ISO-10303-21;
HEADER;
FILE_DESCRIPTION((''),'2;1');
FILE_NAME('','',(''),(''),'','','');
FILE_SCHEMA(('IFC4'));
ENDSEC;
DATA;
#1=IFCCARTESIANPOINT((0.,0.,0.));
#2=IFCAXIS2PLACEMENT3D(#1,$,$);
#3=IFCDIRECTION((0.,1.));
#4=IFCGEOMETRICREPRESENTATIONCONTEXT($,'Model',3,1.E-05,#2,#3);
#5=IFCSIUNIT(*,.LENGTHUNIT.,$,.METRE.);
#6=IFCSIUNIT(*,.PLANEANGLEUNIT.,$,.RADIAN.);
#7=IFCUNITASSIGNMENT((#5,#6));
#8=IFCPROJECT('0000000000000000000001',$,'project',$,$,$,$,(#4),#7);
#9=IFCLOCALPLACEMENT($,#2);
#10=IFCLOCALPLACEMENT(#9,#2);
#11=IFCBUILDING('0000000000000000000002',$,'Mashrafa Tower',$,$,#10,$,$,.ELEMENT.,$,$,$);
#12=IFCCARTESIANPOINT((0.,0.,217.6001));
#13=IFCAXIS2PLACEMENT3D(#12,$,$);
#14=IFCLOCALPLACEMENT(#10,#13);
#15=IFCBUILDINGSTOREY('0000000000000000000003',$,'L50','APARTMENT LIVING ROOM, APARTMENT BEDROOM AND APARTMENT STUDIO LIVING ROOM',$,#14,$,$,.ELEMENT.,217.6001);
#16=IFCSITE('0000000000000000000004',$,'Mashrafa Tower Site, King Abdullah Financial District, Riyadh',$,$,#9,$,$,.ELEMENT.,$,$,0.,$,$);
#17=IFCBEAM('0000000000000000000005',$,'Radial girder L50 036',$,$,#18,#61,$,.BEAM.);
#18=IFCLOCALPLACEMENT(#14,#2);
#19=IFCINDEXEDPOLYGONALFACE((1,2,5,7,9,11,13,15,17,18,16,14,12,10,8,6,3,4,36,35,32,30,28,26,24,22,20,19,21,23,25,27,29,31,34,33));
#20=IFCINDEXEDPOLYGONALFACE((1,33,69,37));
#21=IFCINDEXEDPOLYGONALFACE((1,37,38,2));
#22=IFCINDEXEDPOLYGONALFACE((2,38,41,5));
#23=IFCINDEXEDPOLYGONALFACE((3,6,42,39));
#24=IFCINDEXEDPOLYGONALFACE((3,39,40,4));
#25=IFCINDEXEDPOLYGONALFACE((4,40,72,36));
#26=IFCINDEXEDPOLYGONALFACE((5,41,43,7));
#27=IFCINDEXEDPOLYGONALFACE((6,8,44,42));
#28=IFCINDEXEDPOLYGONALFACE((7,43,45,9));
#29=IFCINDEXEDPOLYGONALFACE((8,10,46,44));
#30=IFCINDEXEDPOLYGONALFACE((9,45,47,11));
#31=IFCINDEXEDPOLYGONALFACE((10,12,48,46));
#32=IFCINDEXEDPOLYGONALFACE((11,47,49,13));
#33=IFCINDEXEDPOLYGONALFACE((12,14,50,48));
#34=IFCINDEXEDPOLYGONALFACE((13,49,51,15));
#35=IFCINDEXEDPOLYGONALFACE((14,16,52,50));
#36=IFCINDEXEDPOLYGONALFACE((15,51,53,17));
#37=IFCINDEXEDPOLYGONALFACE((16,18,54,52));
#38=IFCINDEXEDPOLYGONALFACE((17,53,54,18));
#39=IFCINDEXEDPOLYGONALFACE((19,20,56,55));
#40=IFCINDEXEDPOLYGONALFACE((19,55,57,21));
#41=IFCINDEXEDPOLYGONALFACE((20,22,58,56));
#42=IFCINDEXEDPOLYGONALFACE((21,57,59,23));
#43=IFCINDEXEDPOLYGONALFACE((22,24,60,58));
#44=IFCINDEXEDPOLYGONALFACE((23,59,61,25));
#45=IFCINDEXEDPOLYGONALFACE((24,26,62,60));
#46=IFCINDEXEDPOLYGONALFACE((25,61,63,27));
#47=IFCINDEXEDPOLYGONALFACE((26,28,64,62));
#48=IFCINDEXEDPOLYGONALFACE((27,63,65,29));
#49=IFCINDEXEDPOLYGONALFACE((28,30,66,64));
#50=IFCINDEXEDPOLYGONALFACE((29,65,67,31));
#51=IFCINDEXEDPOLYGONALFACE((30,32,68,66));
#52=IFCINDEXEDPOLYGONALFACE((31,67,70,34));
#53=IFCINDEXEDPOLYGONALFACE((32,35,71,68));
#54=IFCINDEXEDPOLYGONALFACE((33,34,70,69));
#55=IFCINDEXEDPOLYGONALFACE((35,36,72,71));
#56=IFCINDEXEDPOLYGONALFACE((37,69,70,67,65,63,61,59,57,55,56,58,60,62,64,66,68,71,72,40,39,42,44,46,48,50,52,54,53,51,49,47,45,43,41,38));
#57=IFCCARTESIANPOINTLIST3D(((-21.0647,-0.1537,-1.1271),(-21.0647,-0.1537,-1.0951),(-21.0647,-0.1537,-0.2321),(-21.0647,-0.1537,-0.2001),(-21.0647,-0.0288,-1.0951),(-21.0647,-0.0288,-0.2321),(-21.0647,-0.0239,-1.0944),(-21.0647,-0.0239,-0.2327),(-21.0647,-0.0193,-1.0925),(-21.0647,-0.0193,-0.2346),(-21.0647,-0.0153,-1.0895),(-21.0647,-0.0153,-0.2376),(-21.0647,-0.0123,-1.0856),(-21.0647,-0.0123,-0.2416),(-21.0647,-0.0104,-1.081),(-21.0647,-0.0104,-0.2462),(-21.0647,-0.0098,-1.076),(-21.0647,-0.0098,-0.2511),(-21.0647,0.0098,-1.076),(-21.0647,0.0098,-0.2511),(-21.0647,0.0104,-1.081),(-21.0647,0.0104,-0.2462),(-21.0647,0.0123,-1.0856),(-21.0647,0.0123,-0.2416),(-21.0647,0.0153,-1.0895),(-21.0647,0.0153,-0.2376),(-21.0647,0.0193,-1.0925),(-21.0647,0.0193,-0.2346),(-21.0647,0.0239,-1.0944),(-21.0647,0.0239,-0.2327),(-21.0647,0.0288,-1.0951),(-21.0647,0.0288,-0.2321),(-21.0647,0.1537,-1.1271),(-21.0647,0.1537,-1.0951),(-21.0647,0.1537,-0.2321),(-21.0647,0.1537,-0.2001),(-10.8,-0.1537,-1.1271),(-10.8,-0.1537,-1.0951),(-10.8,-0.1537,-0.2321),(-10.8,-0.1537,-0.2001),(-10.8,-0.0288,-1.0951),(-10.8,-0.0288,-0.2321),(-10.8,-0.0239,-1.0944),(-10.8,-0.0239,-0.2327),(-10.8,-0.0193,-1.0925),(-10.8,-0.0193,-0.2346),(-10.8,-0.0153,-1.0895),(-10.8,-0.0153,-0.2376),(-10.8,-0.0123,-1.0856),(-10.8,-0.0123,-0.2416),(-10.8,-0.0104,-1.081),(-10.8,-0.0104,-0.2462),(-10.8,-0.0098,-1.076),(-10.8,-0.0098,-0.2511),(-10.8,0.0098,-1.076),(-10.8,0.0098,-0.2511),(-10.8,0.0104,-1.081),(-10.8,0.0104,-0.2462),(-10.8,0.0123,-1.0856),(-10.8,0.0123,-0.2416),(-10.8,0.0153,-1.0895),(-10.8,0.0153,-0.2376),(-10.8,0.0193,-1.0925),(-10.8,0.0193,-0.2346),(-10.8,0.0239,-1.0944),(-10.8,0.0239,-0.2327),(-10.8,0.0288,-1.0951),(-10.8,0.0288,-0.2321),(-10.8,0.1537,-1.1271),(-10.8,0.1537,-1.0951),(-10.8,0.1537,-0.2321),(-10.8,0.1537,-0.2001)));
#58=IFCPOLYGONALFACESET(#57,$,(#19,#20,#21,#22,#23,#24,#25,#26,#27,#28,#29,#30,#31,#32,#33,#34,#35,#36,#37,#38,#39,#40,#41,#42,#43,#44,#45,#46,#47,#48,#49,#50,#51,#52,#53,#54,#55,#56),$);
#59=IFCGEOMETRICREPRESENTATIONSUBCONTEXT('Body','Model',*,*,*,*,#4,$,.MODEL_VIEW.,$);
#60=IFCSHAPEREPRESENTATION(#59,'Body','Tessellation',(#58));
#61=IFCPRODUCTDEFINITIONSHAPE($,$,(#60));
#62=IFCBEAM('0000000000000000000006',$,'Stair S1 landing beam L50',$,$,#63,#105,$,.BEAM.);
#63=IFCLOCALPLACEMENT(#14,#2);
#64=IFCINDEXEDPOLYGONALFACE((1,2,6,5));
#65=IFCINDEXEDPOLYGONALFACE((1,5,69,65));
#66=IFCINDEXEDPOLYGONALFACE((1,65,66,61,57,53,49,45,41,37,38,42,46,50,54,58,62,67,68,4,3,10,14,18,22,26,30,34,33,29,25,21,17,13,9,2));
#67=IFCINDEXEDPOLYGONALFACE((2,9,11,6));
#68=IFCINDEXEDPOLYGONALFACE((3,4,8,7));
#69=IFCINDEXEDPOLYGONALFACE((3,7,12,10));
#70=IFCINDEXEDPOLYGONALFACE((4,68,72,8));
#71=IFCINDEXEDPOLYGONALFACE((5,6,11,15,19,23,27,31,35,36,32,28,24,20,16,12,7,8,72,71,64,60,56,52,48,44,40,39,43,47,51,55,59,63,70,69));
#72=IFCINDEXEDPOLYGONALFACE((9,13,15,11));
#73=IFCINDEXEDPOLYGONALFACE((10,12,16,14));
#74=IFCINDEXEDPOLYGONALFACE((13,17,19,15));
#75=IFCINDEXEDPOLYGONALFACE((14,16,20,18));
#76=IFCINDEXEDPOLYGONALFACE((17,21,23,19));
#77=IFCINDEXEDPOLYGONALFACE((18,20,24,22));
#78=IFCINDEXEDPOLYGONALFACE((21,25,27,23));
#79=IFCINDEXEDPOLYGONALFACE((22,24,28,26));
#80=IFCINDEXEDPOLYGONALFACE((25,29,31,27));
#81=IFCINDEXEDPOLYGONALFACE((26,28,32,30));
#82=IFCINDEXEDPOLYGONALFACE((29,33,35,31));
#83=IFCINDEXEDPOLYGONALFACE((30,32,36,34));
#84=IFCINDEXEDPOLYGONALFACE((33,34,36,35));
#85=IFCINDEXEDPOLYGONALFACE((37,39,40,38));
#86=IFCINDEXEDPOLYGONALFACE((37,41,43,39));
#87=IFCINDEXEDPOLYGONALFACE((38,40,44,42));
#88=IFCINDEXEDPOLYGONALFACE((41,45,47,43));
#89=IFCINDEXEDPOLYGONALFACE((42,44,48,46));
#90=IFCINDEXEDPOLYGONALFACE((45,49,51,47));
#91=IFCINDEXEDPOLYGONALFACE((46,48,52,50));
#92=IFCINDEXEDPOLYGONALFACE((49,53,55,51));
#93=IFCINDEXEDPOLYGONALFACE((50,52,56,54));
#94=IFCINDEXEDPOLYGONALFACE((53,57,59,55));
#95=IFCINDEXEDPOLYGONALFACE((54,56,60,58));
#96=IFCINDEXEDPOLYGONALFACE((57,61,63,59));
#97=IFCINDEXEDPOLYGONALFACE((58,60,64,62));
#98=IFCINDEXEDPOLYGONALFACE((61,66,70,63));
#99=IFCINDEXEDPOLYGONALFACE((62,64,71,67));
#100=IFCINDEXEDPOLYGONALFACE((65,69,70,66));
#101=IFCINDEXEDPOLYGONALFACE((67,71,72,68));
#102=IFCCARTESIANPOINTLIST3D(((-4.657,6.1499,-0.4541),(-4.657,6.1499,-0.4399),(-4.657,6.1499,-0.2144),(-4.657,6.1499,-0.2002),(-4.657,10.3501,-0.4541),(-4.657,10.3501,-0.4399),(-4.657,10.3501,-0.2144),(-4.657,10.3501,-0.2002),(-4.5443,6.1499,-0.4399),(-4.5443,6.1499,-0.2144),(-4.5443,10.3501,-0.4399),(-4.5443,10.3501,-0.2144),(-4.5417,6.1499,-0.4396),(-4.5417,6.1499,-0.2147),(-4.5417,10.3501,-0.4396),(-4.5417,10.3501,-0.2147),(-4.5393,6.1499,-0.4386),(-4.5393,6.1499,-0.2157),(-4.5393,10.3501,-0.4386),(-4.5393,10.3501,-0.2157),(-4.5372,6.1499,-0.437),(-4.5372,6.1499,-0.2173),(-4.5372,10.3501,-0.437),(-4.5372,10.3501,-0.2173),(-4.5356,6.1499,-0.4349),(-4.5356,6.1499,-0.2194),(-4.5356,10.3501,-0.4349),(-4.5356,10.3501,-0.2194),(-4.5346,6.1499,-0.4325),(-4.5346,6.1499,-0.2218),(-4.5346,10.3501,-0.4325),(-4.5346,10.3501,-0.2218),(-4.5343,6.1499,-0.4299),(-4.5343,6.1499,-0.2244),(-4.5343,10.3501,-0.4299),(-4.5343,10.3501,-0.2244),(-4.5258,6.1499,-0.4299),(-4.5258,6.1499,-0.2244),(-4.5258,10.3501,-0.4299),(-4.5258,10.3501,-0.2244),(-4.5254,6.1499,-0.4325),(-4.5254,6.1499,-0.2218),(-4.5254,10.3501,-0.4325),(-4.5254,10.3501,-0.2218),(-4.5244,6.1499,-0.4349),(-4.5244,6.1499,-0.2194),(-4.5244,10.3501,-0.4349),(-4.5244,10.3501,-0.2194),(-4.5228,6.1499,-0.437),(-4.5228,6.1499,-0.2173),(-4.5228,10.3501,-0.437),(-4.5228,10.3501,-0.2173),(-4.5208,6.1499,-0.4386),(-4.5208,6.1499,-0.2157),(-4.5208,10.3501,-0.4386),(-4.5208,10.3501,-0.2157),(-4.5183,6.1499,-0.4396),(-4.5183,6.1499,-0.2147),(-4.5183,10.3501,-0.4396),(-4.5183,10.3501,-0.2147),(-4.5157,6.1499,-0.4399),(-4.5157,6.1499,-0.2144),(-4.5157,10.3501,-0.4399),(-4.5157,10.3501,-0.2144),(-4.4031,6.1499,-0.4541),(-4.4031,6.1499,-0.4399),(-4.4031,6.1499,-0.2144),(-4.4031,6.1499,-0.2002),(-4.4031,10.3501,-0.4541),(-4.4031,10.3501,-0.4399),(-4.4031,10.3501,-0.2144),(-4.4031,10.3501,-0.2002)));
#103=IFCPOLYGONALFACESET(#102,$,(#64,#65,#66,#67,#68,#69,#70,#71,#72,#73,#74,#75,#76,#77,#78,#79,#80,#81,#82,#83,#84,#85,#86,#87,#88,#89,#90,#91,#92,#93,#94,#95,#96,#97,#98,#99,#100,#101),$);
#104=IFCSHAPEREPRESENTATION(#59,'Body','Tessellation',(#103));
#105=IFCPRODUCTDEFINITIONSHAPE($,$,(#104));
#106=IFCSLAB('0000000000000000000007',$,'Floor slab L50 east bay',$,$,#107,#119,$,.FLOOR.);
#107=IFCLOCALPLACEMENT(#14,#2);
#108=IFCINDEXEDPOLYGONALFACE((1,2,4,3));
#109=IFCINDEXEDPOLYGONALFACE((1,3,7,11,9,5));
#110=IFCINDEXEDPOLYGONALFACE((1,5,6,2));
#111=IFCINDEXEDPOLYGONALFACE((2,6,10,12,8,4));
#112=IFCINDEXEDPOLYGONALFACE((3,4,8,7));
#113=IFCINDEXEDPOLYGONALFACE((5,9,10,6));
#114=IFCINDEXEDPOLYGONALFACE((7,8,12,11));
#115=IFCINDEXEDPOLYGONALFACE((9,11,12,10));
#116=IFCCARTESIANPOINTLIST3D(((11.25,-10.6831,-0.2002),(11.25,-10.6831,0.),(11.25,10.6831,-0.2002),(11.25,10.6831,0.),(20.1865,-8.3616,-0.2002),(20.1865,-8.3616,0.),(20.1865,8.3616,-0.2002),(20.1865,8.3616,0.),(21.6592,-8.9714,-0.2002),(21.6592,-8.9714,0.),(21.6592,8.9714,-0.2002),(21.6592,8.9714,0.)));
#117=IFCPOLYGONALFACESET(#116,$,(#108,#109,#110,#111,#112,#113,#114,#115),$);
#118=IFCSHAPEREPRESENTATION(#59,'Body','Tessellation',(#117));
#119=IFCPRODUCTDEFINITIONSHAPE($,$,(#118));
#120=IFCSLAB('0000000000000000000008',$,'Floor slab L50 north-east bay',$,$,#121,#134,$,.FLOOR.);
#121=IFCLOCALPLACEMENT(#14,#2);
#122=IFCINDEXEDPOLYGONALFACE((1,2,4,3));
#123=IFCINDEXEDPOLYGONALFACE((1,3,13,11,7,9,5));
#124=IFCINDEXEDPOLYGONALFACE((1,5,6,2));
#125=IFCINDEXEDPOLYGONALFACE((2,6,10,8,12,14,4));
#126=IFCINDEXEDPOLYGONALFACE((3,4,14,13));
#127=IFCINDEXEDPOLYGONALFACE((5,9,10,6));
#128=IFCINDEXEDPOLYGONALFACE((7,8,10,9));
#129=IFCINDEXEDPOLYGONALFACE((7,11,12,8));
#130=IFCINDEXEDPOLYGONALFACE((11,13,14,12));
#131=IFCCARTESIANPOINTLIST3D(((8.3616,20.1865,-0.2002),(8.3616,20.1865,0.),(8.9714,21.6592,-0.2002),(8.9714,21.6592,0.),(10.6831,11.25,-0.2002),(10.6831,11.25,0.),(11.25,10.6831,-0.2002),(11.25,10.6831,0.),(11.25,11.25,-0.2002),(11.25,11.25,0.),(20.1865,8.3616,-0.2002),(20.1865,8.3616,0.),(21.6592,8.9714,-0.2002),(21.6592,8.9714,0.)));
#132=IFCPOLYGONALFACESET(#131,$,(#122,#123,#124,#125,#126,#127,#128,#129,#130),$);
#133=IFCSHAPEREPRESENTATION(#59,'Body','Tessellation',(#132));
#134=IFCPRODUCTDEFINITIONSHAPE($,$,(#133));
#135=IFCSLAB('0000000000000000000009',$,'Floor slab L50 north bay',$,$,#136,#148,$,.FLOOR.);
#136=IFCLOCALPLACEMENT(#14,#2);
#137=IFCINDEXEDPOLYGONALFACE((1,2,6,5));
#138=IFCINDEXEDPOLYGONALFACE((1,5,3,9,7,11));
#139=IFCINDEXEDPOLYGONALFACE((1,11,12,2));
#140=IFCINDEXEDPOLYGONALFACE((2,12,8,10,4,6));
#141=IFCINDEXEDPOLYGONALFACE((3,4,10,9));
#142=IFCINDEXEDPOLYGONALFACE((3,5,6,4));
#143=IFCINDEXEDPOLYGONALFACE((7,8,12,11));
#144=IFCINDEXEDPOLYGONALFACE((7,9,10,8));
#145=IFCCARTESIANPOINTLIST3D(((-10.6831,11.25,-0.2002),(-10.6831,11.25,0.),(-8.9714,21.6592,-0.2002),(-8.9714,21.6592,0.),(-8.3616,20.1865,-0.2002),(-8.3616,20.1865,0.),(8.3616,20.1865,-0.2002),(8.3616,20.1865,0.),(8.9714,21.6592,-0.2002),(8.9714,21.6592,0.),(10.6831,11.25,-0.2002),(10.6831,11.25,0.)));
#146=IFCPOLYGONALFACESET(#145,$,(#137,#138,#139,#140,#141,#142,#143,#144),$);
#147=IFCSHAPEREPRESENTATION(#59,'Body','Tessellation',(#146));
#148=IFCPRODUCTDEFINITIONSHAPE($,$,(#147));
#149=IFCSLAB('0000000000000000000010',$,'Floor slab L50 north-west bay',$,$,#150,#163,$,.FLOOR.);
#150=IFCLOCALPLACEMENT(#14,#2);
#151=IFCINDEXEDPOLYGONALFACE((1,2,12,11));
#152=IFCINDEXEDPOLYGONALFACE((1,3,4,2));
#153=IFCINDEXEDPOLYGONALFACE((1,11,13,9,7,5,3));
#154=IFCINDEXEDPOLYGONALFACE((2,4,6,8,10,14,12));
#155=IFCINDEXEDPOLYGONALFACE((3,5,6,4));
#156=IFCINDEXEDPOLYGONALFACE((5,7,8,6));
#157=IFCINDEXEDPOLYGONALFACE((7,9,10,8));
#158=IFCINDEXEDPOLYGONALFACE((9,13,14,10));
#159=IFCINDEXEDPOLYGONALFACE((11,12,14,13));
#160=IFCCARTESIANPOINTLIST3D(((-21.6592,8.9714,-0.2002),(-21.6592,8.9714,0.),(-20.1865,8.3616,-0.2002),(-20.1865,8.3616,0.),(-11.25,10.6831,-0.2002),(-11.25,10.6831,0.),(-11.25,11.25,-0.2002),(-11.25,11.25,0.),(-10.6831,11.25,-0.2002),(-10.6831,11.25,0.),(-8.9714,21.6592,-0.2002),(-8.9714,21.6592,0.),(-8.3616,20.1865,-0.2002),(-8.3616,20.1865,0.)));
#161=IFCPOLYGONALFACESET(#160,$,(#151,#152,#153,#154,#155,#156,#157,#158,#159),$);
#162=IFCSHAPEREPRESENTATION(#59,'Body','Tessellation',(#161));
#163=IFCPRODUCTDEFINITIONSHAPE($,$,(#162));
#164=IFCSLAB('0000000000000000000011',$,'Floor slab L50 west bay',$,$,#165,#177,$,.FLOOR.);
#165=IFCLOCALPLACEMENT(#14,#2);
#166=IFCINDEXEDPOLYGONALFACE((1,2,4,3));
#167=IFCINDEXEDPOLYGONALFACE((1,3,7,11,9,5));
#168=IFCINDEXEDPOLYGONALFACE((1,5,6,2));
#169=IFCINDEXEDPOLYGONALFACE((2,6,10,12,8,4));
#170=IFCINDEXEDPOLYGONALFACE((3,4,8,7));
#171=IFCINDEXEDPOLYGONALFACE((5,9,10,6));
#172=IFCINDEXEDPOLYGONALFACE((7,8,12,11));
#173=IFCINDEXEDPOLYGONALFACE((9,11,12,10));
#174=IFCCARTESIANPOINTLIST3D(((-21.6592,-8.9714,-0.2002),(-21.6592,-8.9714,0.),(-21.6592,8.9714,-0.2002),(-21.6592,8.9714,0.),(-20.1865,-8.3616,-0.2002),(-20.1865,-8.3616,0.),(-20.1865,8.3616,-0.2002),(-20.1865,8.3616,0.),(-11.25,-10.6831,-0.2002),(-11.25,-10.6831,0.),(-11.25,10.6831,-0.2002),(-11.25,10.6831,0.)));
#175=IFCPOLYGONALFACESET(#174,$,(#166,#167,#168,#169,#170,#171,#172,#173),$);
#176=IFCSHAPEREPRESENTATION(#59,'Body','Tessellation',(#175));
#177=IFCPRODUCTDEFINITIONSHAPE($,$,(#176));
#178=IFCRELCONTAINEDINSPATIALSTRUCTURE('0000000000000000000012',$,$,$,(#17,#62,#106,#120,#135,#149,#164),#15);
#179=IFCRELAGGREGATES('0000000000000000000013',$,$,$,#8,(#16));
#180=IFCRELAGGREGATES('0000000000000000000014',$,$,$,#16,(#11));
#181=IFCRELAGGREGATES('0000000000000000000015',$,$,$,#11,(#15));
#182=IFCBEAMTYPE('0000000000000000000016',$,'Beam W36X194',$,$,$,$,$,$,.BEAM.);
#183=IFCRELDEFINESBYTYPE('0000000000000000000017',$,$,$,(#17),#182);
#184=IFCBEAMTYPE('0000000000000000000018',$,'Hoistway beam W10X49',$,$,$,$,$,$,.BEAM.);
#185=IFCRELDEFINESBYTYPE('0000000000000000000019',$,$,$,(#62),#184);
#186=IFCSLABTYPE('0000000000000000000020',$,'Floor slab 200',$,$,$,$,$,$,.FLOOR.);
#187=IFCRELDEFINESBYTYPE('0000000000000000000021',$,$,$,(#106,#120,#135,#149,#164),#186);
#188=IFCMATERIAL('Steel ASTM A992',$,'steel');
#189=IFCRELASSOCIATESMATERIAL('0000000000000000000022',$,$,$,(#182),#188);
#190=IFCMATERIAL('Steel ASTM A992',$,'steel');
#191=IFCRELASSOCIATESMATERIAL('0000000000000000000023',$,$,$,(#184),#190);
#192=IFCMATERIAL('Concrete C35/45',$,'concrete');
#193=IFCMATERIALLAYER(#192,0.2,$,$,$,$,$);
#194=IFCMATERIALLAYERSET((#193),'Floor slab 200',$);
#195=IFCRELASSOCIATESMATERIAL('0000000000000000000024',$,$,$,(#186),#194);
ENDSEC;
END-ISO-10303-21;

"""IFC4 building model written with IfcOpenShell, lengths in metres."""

from ifc_helpers import new_model, si_unit, direction, frame, origin, origin_2d, place, context, subcontext, project, spatial, polyline, i_section, outline, extrude, material, layer, layer_set, material_profile, profile_set, type_object, element, save


model = new_model("IFC4")

# Units and contexts
model_context = context("Model", 3, precision=1e-05, world=origin(), true_north=direction((0.0, 1.0)))
body_context = subcontext(model_context, "Body", "Model", "MODEL_VIEW")
ifc_project = project(units=[si_unit("LENGTHUNIT", "METRE"), si_unit("PLANEANGLEUNIT", "RADIAN")], contexts=[model_context])

# Site, building, storey
site_placement = place(None, origin())
site = spatial("IfcSite", under=ifc_project, at=site_placement, Name="Mashrafa Tower Site, King Abdullah Financial District, Riyadh", CompositionType="ELEMENT", RefElevation=0.0)
building_placement = place(site_placement, origin())
building = spatial("IfcBuilding", under=site, at=building_placement, Name="Mashrafa Tower", CompositionType="ELEMENT")
storey_placement = place(building_placement, frame((0.0, 0.0, 217.6001)))
storey = spatial("IfcBuildingStorey", under=building, at=storey_placement, Name="L50", Description="APARTMENT LIVING ROOM, APARTMENT BEDROOM AND APARTMENT STUDIO LIVING ROOM", CompositionType="ELEMENT", Elevation=217.6001)

# Beams
ifc_material_1 = material(Name="Steel ASTM A992", Category="steel")
ifc_material_profile_1 = material_profile(ifc_material_1, i_section(OverallWidth=0.3074, OverallDepth=0.927, WebThickness=0.0195, FlangeThickness=0.032, FilletRadius=0.019, at=origin_2d()), Name="W36X194")
ifc_profile_set_1 = profile_set([ifc_material_profile_1], Name="Steel ASTM A992")
beam_type_1 = type_object("IfcBeamType", Name="Beam W36X194", PredefinedType="BEAM", material=ifc_profile_set_1)
beam_1_placement = place(storey_placement, frame((-10.8, 0.0, -0.6636), z_axis=(-1.0, 0.0, 0.0), x_axis=(0.0, -1.0, 0.0)))
element("IfcBeam", 1, at=beam_1_placement, inside=storey, type_object=beam_type_1, Name="Radial girder L50 036", PredefinedType="BEAM", context=body_context, shape_type="SweptSolid", body=[
    extrude(i_section(OverallWidth=0.3074, OverallDepth=0.927, WebThickness=0.0195, FlangeThickness=0.032, FilletRadius=0.019, at=origin_2d()), origin(), (0.0, 0.0, 1.0), 10.2646),
])
ifc_material_2 = material(Name="Steel ASTM A992", Category="steel")
ifc_material_profile_2 = material_profile(ifc_material_2, i_section(OverallWidth=0.2539, OverallDepth=0.2539, WebThickness=0.0085, FlangeThickness=0.0142, FilletRadius=0.01, at=origin_2d()), Name="W10X49")
ifc_profile_set_2 = profile_set([ifc_material_profile_2], Name="Steel ASTM A992")
beam_type_2 = type_object("IfcBeamType", Name="Hoistway beam W10X49", PredefinedType="BEAM", material=ifc_profile_set_2)
beam_2_placement = place(storey_placement, frame((-4.53, 6.1499, -0.3271), z_axis=(0.0, 1.0, 0.0), x_axis=(-1.0, 0.0, 0.0)))
element("IfcBeam", 2, at=beam_2_placement, inside=storey, type_object=beam_type_2, Name="Stair S1 landing beam L50", PredefinedType="BEAM", context=body_context, shape_type="SweptSolid", body=[
    extrude(i_section(OverallWidth=0.2539, OverallDepth=0.2539, WebThickness=0.0085, FlangeThickness=0.0142, FilletRadius=0.01, at=origin_2d()), origin(), (0.0, 0.0, 1.0), 4.2002),
])

# Slabs
ifc_material_3 = material(Name="Concrete C35/45", Category="concrete")
ifc_layer_1 = layer(ifc_material_3, 0.2)
ifc_layer_set_1 = layer_set([ifc_layer_1], Name="Floor slab 200")
slab_type = type_object("IfcSlabType", Name="Floor slab 200", PredefinedType="FLOOR", material=ifc_layer_set_1)
slab_1_placement = place(storey_placement, frame((0.0, 0.0, -0.2002)))
element("IfcSlab", 3, at=slab_1_placement, inside=storey, type_object=slab_type, Name="Floor slab L50 east bay", PredefinedType="FLOOR", context=body_context, shape_type="SweptSolid", body=[
    extrude(outline(polyline([(21.6592, 8.9714), (21.6592, -8.9714), (21.6592, -8.9714), (20.1865, -8.3616), (11.25, -10.6831), (11.25, 10.6831), (20.1865, 8.3616), (21.6592, 8.9714), (21.6592, 8.9714)])), origin(), (0.0, 0.0, 1.0), 0.2002),
])
slab_2_placement = place(storey_placement, frame((0.0, 0.0, -0.2002)))
element("IfcSlab", 4, at=slab_2_placement, inside=storey, type_object=slab_type, Name="Floor slab L50 north-east bay", PredefinedType="FLOOR", context=body_context, shape_type="SweptSolid", body=[
    extrude(outline(polyline([(21.6592, 8.9714), (20.1865, 8.3616), (11.25, 10.6831), (11.25, 11.25), (10.6831, 11.25), (8.3616, 20.1865), (8.9714, 21.6592), (21.6592, 8.9714)])), origin(), (0.0, 0.0, 1.0), 0.2002),
])
slab_3_placement = place(storey_placement, frame((0.0, 0.0, -0.2002)))
element("IfcSlab", 5, at=slab_3_placement, inside=storey, type_object=slab_type, Name="Floor slab L50 north bay", PredefinedType="FLOOR", context=body_context, shape_type="SweptSolid", body=[
    extrude(outline(polyline([(-8.9714, 21.6592), (8.9714, 21.6592), (8.9714, 21.6592), (8.3616, 20.1865), (10.6831, 11.25), (-10.6831, 11.25), (-8.3616, 20.1865), (-8.9714, 21.6592), (-8.9714, 21.6592)])), origin(), (0.0, 0.0, 1.0), 0.2002),
])
slab_4_placement = place(storey_placement, frame((0.0, 0.0, -0.2002)))
element("IfcSlab", 6, at=slab_4_placement, inside=storey, type_object=slab_type, Name="Floor slab L50 north-west bay", PredefinedType="FLOOR", context=body_context, shape_type="SweptSolid", body=[
    extrude(outline(polyline([(-8.9714, 21.6592), (-8.3616, 20.1865), (-10.6831, 11.25), (-11.25, 11.25), (-11.25, 10.6831), (-20.1865, 8.3616), (-21.6592, 8.9714), (-8.9714, 21.6592)])), origin(), (0.0, 0.0, 1.0), 0.2002),
])
slab_5_placement = place(storey_placement, frame((0.0, 0.0, -0.2002)))
element("IfcSlab", 7, at=slab_5_placement, inside=storey, type_object=slab_type, Name="Floor slab L50 west bay", PredefinedType="FLOOR", context=body_context, shape_type="SweptSolid", body=[
    extrude(outline(polyline([(-21.6592, -8.9714), (-21.6592, 8.9714), (-21.6592, 8.9714), (-20.1865, 8.3616), (-11.25, 10.6831), (-11.25, -10.6831), (-20.1865, -8.3616), (-21.6592, -8.9714), (-21.6592, -8.9714)])), origin(), (0.0, 0.0, 1.0), 0.2002),
])

save(model, "model.ifc")
